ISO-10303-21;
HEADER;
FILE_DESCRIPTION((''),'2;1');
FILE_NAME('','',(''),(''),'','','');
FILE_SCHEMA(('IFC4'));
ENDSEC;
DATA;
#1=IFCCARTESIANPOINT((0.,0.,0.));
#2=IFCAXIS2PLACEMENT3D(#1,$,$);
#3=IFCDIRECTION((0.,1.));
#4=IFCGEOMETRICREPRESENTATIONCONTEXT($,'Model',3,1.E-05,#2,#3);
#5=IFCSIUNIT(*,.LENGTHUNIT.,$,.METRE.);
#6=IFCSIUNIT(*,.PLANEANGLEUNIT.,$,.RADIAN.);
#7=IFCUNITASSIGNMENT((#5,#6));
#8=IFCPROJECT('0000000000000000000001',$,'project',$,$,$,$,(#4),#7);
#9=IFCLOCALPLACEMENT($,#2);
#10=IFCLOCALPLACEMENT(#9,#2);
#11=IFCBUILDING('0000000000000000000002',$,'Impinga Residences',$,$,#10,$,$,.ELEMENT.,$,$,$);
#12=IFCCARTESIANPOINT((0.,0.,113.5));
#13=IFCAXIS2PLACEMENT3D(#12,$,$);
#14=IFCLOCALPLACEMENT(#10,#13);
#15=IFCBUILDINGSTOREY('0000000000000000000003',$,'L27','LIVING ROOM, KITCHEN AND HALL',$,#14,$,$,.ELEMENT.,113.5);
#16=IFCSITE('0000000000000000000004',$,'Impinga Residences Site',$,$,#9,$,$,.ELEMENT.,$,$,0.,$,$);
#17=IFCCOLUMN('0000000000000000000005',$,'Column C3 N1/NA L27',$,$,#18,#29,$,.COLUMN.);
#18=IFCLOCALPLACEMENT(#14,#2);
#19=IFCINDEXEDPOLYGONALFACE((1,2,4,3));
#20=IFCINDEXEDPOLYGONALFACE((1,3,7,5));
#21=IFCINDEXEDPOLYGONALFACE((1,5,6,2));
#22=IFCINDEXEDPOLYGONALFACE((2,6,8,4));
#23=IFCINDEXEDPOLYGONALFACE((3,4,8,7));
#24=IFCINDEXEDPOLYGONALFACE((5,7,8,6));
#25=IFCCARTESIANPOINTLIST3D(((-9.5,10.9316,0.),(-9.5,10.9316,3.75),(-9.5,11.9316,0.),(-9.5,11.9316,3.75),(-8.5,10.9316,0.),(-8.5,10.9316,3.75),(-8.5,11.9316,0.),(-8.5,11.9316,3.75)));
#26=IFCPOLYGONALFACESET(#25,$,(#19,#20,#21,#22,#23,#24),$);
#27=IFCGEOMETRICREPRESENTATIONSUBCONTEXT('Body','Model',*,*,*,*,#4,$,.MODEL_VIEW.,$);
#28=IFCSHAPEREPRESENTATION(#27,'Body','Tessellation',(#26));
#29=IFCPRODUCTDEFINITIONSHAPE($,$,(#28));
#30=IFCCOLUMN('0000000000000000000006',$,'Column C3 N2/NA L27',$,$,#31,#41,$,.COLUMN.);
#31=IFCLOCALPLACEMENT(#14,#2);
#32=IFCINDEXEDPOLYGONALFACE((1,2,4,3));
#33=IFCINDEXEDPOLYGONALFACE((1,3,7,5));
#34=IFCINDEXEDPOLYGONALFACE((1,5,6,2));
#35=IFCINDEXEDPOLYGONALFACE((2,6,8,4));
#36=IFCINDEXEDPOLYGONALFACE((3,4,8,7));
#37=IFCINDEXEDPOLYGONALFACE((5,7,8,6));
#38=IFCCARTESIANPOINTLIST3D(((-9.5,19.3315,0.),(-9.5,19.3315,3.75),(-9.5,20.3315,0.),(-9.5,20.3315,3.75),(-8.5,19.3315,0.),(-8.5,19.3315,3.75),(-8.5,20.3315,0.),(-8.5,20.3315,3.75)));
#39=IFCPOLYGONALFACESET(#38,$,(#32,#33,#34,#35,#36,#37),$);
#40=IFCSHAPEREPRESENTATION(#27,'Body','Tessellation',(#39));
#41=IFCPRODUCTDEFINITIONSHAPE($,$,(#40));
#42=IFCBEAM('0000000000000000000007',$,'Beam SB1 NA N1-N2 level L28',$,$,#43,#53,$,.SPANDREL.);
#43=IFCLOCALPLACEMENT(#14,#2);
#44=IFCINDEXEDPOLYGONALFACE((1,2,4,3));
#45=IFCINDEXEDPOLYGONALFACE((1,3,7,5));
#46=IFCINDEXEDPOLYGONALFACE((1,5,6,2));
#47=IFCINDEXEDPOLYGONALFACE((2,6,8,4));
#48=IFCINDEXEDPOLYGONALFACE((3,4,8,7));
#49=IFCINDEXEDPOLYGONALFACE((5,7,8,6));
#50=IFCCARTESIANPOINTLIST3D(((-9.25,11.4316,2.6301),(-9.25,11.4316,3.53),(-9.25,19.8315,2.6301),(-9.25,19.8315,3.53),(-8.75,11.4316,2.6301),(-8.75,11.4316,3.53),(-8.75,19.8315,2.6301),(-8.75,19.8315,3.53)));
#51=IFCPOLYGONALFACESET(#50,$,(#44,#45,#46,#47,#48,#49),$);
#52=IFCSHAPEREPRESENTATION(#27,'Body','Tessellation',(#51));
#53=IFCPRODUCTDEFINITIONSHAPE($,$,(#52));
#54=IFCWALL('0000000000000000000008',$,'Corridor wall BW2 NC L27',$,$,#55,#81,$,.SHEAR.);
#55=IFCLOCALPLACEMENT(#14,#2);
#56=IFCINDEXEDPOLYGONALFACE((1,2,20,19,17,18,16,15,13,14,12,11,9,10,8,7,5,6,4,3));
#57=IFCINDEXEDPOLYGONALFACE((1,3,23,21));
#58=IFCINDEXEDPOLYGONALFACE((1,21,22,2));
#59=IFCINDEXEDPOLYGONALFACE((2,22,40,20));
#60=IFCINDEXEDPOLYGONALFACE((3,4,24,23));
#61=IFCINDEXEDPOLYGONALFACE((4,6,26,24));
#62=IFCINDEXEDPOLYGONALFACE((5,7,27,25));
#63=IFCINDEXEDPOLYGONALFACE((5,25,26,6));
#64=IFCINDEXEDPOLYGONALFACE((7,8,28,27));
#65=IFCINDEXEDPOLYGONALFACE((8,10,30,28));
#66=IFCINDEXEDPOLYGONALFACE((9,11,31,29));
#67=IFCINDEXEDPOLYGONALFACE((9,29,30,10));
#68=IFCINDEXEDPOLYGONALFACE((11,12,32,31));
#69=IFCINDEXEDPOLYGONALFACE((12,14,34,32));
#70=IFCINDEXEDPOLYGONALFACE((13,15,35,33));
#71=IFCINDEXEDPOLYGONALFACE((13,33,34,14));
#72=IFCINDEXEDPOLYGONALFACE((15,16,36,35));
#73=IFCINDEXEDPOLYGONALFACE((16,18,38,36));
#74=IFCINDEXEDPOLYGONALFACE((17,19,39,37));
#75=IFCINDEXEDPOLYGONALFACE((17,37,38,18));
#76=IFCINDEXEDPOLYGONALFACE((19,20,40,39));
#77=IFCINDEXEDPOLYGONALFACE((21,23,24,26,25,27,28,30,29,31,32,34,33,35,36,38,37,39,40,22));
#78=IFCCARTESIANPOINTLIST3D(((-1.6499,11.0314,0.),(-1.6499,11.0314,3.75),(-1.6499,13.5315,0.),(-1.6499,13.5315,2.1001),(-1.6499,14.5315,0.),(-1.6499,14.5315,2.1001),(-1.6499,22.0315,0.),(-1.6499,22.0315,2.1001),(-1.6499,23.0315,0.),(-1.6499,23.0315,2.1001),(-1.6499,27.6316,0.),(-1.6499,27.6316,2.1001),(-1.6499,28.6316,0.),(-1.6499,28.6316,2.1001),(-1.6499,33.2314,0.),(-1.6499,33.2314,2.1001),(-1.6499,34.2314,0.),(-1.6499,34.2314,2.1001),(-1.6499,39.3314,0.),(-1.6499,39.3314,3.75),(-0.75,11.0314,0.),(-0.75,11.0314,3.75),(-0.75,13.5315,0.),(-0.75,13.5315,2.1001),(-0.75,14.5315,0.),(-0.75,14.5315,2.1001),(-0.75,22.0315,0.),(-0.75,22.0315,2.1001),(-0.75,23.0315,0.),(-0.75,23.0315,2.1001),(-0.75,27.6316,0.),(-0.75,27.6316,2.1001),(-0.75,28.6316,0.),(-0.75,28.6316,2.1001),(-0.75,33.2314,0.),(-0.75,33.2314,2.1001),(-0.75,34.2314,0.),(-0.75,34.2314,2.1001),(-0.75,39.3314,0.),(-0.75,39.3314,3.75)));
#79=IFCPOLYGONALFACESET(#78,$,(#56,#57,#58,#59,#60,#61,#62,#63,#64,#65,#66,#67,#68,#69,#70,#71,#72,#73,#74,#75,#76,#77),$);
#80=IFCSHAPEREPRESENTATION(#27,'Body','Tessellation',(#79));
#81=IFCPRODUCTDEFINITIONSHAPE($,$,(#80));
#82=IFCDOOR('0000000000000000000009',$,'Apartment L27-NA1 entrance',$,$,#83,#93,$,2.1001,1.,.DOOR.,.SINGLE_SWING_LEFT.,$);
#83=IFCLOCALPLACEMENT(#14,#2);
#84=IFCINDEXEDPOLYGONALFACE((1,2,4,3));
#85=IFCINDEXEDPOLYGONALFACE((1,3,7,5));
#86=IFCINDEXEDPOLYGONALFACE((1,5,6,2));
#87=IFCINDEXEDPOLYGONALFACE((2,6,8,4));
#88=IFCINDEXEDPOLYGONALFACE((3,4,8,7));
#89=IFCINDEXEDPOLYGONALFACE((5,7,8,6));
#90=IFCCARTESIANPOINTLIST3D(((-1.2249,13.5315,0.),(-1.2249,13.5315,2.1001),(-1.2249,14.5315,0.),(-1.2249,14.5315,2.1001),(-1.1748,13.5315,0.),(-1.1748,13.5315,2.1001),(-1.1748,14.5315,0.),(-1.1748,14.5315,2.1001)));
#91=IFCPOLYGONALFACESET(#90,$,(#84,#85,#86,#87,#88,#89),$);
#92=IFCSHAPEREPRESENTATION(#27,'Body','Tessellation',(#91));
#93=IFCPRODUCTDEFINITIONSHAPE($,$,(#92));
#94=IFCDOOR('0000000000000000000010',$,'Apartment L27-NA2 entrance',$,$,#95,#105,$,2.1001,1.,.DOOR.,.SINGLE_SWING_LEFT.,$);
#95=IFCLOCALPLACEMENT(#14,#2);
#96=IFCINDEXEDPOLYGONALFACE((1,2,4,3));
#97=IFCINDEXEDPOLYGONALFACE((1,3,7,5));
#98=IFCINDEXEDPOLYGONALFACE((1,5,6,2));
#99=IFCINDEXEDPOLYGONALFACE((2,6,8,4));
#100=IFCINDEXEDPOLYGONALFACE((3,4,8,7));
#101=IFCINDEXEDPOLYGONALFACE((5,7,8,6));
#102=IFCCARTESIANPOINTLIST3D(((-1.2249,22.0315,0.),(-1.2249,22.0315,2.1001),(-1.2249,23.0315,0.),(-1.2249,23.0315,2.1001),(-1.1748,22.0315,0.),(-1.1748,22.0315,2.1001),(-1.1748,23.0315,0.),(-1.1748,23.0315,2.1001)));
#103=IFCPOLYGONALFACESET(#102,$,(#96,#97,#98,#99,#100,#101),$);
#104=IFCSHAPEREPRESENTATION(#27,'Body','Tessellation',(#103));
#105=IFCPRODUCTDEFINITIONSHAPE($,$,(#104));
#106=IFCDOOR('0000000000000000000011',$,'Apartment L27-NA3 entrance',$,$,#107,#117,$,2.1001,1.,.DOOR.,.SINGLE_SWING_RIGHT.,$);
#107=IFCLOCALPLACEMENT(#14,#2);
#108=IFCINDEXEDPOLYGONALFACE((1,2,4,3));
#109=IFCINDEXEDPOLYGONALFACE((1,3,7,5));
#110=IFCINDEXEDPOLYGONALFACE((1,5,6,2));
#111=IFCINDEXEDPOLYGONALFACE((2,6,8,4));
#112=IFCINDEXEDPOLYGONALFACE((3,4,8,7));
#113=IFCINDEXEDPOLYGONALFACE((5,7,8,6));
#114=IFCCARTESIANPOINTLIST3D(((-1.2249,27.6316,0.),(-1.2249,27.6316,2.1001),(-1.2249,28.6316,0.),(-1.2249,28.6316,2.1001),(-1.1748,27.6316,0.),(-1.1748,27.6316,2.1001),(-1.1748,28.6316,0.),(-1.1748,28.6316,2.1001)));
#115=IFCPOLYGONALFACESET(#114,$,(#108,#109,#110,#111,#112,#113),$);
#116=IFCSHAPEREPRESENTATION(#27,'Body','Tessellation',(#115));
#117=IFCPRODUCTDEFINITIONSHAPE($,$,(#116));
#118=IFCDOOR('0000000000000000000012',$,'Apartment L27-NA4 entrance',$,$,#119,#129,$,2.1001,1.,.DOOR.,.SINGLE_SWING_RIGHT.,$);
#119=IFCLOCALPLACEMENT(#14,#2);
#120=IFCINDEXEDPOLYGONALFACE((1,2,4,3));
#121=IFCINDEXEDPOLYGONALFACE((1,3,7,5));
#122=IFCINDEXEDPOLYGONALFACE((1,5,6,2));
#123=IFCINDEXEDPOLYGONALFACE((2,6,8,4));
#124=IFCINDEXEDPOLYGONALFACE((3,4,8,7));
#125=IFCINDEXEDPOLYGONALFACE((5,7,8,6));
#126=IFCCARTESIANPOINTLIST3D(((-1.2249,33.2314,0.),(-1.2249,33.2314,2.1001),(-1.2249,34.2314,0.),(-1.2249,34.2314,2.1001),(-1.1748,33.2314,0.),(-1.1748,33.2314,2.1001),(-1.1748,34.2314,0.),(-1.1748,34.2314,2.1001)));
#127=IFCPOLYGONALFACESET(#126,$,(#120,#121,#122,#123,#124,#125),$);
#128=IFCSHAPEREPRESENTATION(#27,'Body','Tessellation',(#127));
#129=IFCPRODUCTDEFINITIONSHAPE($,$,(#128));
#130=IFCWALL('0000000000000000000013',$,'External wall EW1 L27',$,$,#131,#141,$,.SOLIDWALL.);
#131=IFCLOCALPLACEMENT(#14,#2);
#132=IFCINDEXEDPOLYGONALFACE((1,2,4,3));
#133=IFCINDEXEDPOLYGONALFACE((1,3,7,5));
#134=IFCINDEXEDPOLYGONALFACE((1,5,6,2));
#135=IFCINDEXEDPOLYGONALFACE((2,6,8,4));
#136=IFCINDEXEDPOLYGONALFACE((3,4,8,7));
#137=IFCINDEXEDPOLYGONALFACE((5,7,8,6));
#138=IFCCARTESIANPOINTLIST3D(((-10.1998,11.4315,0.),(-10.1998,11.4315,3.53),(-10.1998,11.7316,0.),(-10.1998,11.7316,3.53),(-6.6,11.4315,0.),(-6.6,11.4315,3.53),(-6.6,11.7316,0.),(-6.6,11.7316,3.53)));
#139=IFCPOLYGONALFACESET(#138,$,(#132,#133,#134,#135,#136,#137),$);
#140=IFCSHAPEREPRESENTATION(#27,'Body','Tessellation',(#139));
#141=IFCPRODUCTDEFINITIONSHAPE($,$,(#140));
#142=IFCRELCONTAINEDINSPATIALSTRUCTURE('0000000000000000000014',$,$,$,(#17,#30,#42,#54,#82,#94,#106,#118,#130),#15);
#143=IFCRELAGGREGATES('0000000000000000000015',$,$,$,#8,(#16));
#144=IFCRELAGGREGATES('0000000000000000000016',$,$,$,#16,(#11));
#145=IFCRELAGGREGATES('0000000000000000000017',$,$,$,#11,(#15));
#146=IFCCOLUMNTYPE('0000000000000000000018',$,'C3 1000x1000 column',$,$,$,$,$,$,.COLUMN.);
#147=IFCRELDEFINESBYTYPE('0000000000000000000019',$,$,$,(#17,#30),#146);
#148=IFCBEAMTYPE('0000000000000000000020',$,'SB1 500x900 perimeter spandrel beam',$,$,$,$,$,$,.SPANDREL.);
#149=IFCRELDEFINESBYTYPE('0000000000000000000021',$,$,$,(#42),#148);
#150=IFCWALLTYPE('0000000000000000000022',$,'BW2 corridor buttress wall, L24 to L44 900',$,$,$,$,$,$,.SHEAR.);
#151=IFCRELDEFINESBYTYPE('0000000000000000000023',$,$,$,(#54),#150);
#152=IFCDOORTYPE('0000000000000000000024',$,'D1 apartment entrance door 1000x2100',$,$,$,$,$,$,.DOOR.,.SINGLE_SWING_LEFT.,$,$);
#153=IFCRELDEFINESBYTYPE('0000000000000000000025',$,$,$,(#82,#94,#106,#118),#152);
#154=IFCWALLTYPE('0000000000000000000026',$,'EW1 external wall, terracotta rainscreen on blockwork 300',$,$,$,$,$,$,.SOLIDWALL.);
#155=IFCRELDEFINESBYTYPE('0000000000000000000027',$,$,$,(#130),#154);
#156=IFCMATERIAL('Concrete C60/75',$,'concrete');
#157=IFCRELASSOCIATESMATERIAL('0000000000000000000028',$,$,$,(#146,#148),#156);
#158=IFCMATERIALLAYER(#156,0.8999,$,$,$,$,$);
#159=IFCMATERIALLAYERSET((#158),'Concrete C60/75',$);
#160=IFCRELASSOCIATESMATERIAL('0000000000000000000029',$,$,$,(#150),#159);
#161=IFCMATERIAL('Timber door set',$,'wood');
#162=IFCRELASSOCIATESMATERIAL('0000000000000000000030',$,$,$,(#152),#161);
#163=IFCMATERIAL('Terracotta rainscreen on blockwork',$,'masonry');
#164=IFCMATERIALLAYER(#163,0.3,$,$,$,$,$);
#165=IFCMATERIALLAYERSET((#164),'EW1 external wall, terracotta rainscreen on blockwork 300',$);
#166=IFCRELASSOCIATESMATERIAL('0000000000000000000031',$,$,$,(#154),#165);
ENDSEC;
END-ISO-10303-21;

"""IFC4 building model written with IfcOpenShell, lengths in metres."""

from ifc_helpers import new_model, si_unit, direction, frame, frame_2d, origin, origin_2d, place, context, subcontext, project, spatial, rectangle, extrude, material, layer, layer_set, material_profile, profile_set, type_object, element, fill, save


model = new_model("IFC4")

# Units and contexts
model_context = context("Model", 3, precision=1e-05, world=origin(), true_north=direction((0.0, 1.0)))
body_context = subcontext(model_context, "Body", "Model", "MODEL_VIEW")
ifc_project = project(units=[si_unit("LENGTHUNIT", "METRE"), si_unit("PLANEANGLEUNIT", "RADIAN")], contexts=[model_context])

# Site, building, storey
site_placement = place(None, origin())
site = spatial("IfcSite", under=ifc_project, at=site_placement, Name="Impinga Residences Site", CompositionType="ELEMENT", RefElevation=0.0)
building_placement = place(site_placement, origin())
building = spatial("IfcBuilding", under=site, at=building_placement, Name="Impinga Residences", CompositionType="ELEMENT")
storey_placement = place(building_placement, frame((0.0, 0.0, 113.5)))
storey = spatial("IfcBuildingStorey", under=building, at=storey_placement, Name="L27", Description="LIVING ROOM, KITCHEN AND HALL", CompositionType="ELEMENT", Elevation=113.5)

# Columns
ifc_material_1 = material(Name="Concrete C60/75", Category="concrete")
ifc_material_profile_1 = material_profile(ifc_material_1, rectangle(XDim=1.0, YDim=1.0, at=origin_2d()), Name="RC 1000x1000")
ifc_profile_set_1 = profile_set([ifc_material_profile_1], Name="Concrete C60/75")
column_type = type_object("IfcColumnType", Name="C3 1000x1000 column", PredefinedType="COLUMN", material=ifc_profile_set_1)
for number, where, z_axis, x_axis, name in (
    (1, (-9.0, 11.4316, 0.0), (0.0, 0.0, 1.0), (1.0, 0.0, 0.0), "Column C3 N1/NA L27"),
    (2, (-9.0, 19.8315, 0.0), (0.0, 0.0, 1.0), (1.0, 0.0, 0.0), "Column C3 N2/NA L27"),
):
    element("IfcColumn", number, at=place(storey_placement, frame(where, z_axis=z_axis, x_axis=x_axis)), inside=storey, type_object=column_type, Name=name, PredefinedType="COLUMN", context=body_context, shape_type="SweptSolid", body=[
        extrude(rectangle(XDim=1.0, YDim=1.0, at=origin_2d()), origin(), (0.0, 0.0, 1.0), 3.75),
    ])

# Beam
ifc_material_profile_2 = material_profile(ifc_material_1, rectangle(XDim=0.5, YDim=0.8999, at=origin_2d()), Name="RC 500x900")
ifc_profile_set_2 = profile_set([ifc_material_profile_2], Name="Concrete C60/75")
beam_type = type_object("IfcBeamType", Name="SB1 500x900 perimeter spandrel beam", PredefinedType="SPANDREL", material=ifc_profile_set_2)
beam_placement = place(storey_placement, frame((-9.0, 11.4316, 3.0801), z_axis=(0.0, 1.0, 0.0), x_axis=(-1.0, 0.0, 0.0)))
element("IfcBeam", 3, at=beam_placement, inside=storey, type_object=beam_type, Name="Beam SB1 NA N1-N2 level L28", PredefinedType="SPANDREL", context=body_context, shape_type="SweptSolid", body=[
    extrude(rectangle(XDim=0.5, YDim=0.8999, at=origin_2d()), origin(), (0.0, 0.0, 1.0), 8.3999),
])

# Wall, openings, doors
ifc_layer_1 = layer(ifc_material_1, 0.8999)
ifc_layer_set_1 = layer_set([ifc_layer_1], Name="Concrete C60/75")
wall_type_1 = type_object("IfcWallType", Name="BW2 corridor buttress wall, L24 to L44 900", PredefinedType="SHEAR", material=ifc_layer_set_1)
wall_1_placement = place(storey_placement, frame((-1.2, 11.0315, 0.0), z_axis=(0.0, 0.0, 1.0), x_axis=(0.0, 1.0, 0.0)))
wall_1 = element("IfcWall", 4, at=wall_1_placement, inside=storey, type_object=wall_type_1, Name="Corridor wall BW2 NC L27", PredefinedType="SHEAR", context=body_context, shape_type="SweptSolid", body=[
    extrude(rectangle(XDim=28.3, YDim=0.8999, at=frame_2d((14.1499, 0.0))), origin(), (0.0, 0.0, 1.0), 3.75),
])
opening_1_placement = place(wall_1_placement, frame((2.5, 0.0, 0.0)))
opening_1 = element("IfcOpeningElement", 5, at=opening_1_placement, cuts=wall_1, PredefinedType="OPENING", context=body_context, shape_type="SweptSolid", body=[
    extrude(rectangle(XDim=1.0, YDim=2.1001, at=frame_2d((0.5, 1.05))), frame((0.0, 0.46, 0.0), z_axis=(0.0, -1.0, 0.0), x_axis=(1.0, 0.0, 0.0)), (0.0, 0.0, 1.0), 0.9199),
])
opening_2_placement = place(wall_1_placement, frame((11.0, 0.0, 0.0)))
opening_2 = element("IfcOpeningElement", 6, at=opening_2_placement, cuts=wall_1, PredefinedType="OPENING", context=body_context, shape_type="SweptSolid", body=[
    extrude(rectangle(XDim=1.0, YDim=2.1001, at=frame_2d((0.5, 1.05))), frame((0.0, 0.46, 0.0), z_axis=(0.0, -1.0, 0.0), x_axis=(1.0, 0.0, 0.0)), (0.0, 0.0, 1.0), 0.9199),
])
opening_3_placement = place(wall_1_placement, frame((16.6001, 0.0, 0.0)))
opening_3 = element("IfcOpeningElement", 7, at=opening_3_placement, cuts=wall_1, PredefinedType="OPENING", context=body_context, shape_type="SweptSolid", body=[
    extrude(rectangle(XDim=1.0, YDim=2.1001, at=frame_2d((0.5, 1.05))), frame((0.0, 0.46, 0.0), z_axis=(0.0, -1.0, 0.0), x_axis=(1.0, 0.0, 0.0)), (0.0, 0.0, 1.0), 0.9199),
])
opening_4_placement = place(wall_1_placement, frame((22.2, 0.0, 0.0)))
opening_4 = element("IfcOpeningElement", 8, at=opening_4_placement, cuts=wall_1, PredefinedType="OPENING", context=body_context, shape_type="SweptSolid", body=[
    extrude(rectangle(XDim=1.0, YDim=2.1001, at=frame_2d((0.5, 1.05))), frame((0.0, 0.46, 0.0), z_axis=(0.0, -1.0, 0.0), x_axis=(1.0, 0.0, 0.0)), (0.0, 0.0, 1.0), 0.9199),
])
ifc_material_2 = material(Name="Timber door set", Category="wood")
door_type_1 = type_object("IfcDoorType", Name="D1 apartment entrance door 1000x2100", OperationType="SINGLE_SWING_LEFT", PredefinedType="DOOR", material=ifc_material_2)
door_1_placement = place(opening_1_placement, origin())
door_1 = element("IfcDoor", 9, at=door_1_placement, inside=storey, type_object=door_type_1, Name="Apartment L27-NA1 entrance", OperationType="SINGLE_SWING_LEFT", OverallHeight=2.1001, OverallWidth=1.0, PredefinedType="DOOR", context=body_context, shape_type="SweptSolid", body=[
    extrude(rectangle(XDim=1.0, YDim=2.1001, at=frame_2d((0.5, 1.05))), frame((0.0, 0.0249, 0.0), z_axis=(0.0, -1.0, 0.0), x_axis=(1.0, 0.0, 0.0)), (0.0, 0.0, 1.0), 0.05),
])
fill(opening_1, door_1)
door_2_placement = place(opening_2_placement, origin())
door_2 = element("IfcDoor", 10, at=door_2_placement, inside=storey, type_object=door_type_1, Name="Apartment L27-NA2 entrance", OperationType="SINGLE_SWING_LEFT", OverallHeight=2.1001, OverallWidth=1.0, PredefinedType="DOOR", context=body_context, shape_type="SweptSolid", body=[
    extrude(rectangle(XDim=1.0, YDim=2.1001, at=frame_2d((0.5, 1.05))), frame((0.0, 0.0249, 0.0), z_axis=(0.0, -1.0, 0.0), x_axis=(1.0, 0.0, 0.0)), (0.0, 0.0, 1.0), 0.05),
])
fill(opening_2, door_2)
door_3_placement = place(opening_3_placement, origin())
door_3 = element("IfcDoor", 11, at=door_3_placement, inside=storey, type_object=door_type_1, Name="Apartment L27-NA3 entrance", OperationType="SINGLE_SWING_RIGHT", OverallHeight=2.1001, OverallWidth=1.0, PredefinedType="DOOR", context=body_context, shape_type="SweptSolid", body=[
    extrude(rectangle(XDim=1.0, YDim=2.1001, at=frame_2d((0.5, 1.05))), frame((0.0, 0.0249, 0.0), z_axis=(0.0, -1.0, 0.0), x_axis=(1.0, 0.0, 0.0)), (0.0, 0.0, 1.0), 0.05),
])
fill(opening_3, door_3)
door_4_placement = place(opening_4_placement, origin())
door_4 = element("IfcDoor", 12, at=door_4_placement, inside=storey, type_object=door_type_1, Name="Apartment L27-NA4 entrance", OperationType="SINGLE_SWING_RIGHT", OverallHeight=2.1001, OverallWidth=1.0, PredefinedType="DOOR", context=body_context, shape_type="SweptSolid", body=[
    extrude(rectangle(XDim=1.0, YDim=2.1001, at=frame_2d((0.5, 1.05))), frame((0.0, 0.0249, 0.0), z_axis=(0.0, -1.0, 0.0), x_axis=(1.0, 0.0, 0.0)), (0.0, 0.0, 1.0), 0.05),
])
fill(opening_4, door_4)

# Wall
ifc_material_3 = material(Name="Terracotta rainscreen on blockwork", Category="masonry")
ifc_layer_2 = layer(ifc_material_3, 0.3)
ifc_layer_set_2 = layer_set([ifc_layer_2], Name="EW1 external wall, terracotta rainscreen on blockwork 300")
wall_type_2 = type_object("IfcWallType", Name="EW1 external wall, terracotta rainscreen on blockwork 300", PredefinedType="SOLIDWALL", material=ifc_layer_set_2)
wall_2_placement = place(storey_placement, frame((-6.6001, 11.5815, 0.0), z_axis=(0.0, 0.0, 1.0), x_axis=(-1.0, 0.0, 0.0)))
element("IfcWall", 13, at=wall_2_placement, inside=storey, type_object=wall_type_2, Name="External wall EW1 L27", PredefinedType="SOLIDWALL", context=body_context, shape_type="SweptSolid", body=[
    extrude(rectangle(XDim=3.5999, YDim=0.3, at=frame_2d((1.7998, 0.0))), origin(), (0.0, 0.0, 1.0), 3.53),
])

save(model, "model.ifc")
